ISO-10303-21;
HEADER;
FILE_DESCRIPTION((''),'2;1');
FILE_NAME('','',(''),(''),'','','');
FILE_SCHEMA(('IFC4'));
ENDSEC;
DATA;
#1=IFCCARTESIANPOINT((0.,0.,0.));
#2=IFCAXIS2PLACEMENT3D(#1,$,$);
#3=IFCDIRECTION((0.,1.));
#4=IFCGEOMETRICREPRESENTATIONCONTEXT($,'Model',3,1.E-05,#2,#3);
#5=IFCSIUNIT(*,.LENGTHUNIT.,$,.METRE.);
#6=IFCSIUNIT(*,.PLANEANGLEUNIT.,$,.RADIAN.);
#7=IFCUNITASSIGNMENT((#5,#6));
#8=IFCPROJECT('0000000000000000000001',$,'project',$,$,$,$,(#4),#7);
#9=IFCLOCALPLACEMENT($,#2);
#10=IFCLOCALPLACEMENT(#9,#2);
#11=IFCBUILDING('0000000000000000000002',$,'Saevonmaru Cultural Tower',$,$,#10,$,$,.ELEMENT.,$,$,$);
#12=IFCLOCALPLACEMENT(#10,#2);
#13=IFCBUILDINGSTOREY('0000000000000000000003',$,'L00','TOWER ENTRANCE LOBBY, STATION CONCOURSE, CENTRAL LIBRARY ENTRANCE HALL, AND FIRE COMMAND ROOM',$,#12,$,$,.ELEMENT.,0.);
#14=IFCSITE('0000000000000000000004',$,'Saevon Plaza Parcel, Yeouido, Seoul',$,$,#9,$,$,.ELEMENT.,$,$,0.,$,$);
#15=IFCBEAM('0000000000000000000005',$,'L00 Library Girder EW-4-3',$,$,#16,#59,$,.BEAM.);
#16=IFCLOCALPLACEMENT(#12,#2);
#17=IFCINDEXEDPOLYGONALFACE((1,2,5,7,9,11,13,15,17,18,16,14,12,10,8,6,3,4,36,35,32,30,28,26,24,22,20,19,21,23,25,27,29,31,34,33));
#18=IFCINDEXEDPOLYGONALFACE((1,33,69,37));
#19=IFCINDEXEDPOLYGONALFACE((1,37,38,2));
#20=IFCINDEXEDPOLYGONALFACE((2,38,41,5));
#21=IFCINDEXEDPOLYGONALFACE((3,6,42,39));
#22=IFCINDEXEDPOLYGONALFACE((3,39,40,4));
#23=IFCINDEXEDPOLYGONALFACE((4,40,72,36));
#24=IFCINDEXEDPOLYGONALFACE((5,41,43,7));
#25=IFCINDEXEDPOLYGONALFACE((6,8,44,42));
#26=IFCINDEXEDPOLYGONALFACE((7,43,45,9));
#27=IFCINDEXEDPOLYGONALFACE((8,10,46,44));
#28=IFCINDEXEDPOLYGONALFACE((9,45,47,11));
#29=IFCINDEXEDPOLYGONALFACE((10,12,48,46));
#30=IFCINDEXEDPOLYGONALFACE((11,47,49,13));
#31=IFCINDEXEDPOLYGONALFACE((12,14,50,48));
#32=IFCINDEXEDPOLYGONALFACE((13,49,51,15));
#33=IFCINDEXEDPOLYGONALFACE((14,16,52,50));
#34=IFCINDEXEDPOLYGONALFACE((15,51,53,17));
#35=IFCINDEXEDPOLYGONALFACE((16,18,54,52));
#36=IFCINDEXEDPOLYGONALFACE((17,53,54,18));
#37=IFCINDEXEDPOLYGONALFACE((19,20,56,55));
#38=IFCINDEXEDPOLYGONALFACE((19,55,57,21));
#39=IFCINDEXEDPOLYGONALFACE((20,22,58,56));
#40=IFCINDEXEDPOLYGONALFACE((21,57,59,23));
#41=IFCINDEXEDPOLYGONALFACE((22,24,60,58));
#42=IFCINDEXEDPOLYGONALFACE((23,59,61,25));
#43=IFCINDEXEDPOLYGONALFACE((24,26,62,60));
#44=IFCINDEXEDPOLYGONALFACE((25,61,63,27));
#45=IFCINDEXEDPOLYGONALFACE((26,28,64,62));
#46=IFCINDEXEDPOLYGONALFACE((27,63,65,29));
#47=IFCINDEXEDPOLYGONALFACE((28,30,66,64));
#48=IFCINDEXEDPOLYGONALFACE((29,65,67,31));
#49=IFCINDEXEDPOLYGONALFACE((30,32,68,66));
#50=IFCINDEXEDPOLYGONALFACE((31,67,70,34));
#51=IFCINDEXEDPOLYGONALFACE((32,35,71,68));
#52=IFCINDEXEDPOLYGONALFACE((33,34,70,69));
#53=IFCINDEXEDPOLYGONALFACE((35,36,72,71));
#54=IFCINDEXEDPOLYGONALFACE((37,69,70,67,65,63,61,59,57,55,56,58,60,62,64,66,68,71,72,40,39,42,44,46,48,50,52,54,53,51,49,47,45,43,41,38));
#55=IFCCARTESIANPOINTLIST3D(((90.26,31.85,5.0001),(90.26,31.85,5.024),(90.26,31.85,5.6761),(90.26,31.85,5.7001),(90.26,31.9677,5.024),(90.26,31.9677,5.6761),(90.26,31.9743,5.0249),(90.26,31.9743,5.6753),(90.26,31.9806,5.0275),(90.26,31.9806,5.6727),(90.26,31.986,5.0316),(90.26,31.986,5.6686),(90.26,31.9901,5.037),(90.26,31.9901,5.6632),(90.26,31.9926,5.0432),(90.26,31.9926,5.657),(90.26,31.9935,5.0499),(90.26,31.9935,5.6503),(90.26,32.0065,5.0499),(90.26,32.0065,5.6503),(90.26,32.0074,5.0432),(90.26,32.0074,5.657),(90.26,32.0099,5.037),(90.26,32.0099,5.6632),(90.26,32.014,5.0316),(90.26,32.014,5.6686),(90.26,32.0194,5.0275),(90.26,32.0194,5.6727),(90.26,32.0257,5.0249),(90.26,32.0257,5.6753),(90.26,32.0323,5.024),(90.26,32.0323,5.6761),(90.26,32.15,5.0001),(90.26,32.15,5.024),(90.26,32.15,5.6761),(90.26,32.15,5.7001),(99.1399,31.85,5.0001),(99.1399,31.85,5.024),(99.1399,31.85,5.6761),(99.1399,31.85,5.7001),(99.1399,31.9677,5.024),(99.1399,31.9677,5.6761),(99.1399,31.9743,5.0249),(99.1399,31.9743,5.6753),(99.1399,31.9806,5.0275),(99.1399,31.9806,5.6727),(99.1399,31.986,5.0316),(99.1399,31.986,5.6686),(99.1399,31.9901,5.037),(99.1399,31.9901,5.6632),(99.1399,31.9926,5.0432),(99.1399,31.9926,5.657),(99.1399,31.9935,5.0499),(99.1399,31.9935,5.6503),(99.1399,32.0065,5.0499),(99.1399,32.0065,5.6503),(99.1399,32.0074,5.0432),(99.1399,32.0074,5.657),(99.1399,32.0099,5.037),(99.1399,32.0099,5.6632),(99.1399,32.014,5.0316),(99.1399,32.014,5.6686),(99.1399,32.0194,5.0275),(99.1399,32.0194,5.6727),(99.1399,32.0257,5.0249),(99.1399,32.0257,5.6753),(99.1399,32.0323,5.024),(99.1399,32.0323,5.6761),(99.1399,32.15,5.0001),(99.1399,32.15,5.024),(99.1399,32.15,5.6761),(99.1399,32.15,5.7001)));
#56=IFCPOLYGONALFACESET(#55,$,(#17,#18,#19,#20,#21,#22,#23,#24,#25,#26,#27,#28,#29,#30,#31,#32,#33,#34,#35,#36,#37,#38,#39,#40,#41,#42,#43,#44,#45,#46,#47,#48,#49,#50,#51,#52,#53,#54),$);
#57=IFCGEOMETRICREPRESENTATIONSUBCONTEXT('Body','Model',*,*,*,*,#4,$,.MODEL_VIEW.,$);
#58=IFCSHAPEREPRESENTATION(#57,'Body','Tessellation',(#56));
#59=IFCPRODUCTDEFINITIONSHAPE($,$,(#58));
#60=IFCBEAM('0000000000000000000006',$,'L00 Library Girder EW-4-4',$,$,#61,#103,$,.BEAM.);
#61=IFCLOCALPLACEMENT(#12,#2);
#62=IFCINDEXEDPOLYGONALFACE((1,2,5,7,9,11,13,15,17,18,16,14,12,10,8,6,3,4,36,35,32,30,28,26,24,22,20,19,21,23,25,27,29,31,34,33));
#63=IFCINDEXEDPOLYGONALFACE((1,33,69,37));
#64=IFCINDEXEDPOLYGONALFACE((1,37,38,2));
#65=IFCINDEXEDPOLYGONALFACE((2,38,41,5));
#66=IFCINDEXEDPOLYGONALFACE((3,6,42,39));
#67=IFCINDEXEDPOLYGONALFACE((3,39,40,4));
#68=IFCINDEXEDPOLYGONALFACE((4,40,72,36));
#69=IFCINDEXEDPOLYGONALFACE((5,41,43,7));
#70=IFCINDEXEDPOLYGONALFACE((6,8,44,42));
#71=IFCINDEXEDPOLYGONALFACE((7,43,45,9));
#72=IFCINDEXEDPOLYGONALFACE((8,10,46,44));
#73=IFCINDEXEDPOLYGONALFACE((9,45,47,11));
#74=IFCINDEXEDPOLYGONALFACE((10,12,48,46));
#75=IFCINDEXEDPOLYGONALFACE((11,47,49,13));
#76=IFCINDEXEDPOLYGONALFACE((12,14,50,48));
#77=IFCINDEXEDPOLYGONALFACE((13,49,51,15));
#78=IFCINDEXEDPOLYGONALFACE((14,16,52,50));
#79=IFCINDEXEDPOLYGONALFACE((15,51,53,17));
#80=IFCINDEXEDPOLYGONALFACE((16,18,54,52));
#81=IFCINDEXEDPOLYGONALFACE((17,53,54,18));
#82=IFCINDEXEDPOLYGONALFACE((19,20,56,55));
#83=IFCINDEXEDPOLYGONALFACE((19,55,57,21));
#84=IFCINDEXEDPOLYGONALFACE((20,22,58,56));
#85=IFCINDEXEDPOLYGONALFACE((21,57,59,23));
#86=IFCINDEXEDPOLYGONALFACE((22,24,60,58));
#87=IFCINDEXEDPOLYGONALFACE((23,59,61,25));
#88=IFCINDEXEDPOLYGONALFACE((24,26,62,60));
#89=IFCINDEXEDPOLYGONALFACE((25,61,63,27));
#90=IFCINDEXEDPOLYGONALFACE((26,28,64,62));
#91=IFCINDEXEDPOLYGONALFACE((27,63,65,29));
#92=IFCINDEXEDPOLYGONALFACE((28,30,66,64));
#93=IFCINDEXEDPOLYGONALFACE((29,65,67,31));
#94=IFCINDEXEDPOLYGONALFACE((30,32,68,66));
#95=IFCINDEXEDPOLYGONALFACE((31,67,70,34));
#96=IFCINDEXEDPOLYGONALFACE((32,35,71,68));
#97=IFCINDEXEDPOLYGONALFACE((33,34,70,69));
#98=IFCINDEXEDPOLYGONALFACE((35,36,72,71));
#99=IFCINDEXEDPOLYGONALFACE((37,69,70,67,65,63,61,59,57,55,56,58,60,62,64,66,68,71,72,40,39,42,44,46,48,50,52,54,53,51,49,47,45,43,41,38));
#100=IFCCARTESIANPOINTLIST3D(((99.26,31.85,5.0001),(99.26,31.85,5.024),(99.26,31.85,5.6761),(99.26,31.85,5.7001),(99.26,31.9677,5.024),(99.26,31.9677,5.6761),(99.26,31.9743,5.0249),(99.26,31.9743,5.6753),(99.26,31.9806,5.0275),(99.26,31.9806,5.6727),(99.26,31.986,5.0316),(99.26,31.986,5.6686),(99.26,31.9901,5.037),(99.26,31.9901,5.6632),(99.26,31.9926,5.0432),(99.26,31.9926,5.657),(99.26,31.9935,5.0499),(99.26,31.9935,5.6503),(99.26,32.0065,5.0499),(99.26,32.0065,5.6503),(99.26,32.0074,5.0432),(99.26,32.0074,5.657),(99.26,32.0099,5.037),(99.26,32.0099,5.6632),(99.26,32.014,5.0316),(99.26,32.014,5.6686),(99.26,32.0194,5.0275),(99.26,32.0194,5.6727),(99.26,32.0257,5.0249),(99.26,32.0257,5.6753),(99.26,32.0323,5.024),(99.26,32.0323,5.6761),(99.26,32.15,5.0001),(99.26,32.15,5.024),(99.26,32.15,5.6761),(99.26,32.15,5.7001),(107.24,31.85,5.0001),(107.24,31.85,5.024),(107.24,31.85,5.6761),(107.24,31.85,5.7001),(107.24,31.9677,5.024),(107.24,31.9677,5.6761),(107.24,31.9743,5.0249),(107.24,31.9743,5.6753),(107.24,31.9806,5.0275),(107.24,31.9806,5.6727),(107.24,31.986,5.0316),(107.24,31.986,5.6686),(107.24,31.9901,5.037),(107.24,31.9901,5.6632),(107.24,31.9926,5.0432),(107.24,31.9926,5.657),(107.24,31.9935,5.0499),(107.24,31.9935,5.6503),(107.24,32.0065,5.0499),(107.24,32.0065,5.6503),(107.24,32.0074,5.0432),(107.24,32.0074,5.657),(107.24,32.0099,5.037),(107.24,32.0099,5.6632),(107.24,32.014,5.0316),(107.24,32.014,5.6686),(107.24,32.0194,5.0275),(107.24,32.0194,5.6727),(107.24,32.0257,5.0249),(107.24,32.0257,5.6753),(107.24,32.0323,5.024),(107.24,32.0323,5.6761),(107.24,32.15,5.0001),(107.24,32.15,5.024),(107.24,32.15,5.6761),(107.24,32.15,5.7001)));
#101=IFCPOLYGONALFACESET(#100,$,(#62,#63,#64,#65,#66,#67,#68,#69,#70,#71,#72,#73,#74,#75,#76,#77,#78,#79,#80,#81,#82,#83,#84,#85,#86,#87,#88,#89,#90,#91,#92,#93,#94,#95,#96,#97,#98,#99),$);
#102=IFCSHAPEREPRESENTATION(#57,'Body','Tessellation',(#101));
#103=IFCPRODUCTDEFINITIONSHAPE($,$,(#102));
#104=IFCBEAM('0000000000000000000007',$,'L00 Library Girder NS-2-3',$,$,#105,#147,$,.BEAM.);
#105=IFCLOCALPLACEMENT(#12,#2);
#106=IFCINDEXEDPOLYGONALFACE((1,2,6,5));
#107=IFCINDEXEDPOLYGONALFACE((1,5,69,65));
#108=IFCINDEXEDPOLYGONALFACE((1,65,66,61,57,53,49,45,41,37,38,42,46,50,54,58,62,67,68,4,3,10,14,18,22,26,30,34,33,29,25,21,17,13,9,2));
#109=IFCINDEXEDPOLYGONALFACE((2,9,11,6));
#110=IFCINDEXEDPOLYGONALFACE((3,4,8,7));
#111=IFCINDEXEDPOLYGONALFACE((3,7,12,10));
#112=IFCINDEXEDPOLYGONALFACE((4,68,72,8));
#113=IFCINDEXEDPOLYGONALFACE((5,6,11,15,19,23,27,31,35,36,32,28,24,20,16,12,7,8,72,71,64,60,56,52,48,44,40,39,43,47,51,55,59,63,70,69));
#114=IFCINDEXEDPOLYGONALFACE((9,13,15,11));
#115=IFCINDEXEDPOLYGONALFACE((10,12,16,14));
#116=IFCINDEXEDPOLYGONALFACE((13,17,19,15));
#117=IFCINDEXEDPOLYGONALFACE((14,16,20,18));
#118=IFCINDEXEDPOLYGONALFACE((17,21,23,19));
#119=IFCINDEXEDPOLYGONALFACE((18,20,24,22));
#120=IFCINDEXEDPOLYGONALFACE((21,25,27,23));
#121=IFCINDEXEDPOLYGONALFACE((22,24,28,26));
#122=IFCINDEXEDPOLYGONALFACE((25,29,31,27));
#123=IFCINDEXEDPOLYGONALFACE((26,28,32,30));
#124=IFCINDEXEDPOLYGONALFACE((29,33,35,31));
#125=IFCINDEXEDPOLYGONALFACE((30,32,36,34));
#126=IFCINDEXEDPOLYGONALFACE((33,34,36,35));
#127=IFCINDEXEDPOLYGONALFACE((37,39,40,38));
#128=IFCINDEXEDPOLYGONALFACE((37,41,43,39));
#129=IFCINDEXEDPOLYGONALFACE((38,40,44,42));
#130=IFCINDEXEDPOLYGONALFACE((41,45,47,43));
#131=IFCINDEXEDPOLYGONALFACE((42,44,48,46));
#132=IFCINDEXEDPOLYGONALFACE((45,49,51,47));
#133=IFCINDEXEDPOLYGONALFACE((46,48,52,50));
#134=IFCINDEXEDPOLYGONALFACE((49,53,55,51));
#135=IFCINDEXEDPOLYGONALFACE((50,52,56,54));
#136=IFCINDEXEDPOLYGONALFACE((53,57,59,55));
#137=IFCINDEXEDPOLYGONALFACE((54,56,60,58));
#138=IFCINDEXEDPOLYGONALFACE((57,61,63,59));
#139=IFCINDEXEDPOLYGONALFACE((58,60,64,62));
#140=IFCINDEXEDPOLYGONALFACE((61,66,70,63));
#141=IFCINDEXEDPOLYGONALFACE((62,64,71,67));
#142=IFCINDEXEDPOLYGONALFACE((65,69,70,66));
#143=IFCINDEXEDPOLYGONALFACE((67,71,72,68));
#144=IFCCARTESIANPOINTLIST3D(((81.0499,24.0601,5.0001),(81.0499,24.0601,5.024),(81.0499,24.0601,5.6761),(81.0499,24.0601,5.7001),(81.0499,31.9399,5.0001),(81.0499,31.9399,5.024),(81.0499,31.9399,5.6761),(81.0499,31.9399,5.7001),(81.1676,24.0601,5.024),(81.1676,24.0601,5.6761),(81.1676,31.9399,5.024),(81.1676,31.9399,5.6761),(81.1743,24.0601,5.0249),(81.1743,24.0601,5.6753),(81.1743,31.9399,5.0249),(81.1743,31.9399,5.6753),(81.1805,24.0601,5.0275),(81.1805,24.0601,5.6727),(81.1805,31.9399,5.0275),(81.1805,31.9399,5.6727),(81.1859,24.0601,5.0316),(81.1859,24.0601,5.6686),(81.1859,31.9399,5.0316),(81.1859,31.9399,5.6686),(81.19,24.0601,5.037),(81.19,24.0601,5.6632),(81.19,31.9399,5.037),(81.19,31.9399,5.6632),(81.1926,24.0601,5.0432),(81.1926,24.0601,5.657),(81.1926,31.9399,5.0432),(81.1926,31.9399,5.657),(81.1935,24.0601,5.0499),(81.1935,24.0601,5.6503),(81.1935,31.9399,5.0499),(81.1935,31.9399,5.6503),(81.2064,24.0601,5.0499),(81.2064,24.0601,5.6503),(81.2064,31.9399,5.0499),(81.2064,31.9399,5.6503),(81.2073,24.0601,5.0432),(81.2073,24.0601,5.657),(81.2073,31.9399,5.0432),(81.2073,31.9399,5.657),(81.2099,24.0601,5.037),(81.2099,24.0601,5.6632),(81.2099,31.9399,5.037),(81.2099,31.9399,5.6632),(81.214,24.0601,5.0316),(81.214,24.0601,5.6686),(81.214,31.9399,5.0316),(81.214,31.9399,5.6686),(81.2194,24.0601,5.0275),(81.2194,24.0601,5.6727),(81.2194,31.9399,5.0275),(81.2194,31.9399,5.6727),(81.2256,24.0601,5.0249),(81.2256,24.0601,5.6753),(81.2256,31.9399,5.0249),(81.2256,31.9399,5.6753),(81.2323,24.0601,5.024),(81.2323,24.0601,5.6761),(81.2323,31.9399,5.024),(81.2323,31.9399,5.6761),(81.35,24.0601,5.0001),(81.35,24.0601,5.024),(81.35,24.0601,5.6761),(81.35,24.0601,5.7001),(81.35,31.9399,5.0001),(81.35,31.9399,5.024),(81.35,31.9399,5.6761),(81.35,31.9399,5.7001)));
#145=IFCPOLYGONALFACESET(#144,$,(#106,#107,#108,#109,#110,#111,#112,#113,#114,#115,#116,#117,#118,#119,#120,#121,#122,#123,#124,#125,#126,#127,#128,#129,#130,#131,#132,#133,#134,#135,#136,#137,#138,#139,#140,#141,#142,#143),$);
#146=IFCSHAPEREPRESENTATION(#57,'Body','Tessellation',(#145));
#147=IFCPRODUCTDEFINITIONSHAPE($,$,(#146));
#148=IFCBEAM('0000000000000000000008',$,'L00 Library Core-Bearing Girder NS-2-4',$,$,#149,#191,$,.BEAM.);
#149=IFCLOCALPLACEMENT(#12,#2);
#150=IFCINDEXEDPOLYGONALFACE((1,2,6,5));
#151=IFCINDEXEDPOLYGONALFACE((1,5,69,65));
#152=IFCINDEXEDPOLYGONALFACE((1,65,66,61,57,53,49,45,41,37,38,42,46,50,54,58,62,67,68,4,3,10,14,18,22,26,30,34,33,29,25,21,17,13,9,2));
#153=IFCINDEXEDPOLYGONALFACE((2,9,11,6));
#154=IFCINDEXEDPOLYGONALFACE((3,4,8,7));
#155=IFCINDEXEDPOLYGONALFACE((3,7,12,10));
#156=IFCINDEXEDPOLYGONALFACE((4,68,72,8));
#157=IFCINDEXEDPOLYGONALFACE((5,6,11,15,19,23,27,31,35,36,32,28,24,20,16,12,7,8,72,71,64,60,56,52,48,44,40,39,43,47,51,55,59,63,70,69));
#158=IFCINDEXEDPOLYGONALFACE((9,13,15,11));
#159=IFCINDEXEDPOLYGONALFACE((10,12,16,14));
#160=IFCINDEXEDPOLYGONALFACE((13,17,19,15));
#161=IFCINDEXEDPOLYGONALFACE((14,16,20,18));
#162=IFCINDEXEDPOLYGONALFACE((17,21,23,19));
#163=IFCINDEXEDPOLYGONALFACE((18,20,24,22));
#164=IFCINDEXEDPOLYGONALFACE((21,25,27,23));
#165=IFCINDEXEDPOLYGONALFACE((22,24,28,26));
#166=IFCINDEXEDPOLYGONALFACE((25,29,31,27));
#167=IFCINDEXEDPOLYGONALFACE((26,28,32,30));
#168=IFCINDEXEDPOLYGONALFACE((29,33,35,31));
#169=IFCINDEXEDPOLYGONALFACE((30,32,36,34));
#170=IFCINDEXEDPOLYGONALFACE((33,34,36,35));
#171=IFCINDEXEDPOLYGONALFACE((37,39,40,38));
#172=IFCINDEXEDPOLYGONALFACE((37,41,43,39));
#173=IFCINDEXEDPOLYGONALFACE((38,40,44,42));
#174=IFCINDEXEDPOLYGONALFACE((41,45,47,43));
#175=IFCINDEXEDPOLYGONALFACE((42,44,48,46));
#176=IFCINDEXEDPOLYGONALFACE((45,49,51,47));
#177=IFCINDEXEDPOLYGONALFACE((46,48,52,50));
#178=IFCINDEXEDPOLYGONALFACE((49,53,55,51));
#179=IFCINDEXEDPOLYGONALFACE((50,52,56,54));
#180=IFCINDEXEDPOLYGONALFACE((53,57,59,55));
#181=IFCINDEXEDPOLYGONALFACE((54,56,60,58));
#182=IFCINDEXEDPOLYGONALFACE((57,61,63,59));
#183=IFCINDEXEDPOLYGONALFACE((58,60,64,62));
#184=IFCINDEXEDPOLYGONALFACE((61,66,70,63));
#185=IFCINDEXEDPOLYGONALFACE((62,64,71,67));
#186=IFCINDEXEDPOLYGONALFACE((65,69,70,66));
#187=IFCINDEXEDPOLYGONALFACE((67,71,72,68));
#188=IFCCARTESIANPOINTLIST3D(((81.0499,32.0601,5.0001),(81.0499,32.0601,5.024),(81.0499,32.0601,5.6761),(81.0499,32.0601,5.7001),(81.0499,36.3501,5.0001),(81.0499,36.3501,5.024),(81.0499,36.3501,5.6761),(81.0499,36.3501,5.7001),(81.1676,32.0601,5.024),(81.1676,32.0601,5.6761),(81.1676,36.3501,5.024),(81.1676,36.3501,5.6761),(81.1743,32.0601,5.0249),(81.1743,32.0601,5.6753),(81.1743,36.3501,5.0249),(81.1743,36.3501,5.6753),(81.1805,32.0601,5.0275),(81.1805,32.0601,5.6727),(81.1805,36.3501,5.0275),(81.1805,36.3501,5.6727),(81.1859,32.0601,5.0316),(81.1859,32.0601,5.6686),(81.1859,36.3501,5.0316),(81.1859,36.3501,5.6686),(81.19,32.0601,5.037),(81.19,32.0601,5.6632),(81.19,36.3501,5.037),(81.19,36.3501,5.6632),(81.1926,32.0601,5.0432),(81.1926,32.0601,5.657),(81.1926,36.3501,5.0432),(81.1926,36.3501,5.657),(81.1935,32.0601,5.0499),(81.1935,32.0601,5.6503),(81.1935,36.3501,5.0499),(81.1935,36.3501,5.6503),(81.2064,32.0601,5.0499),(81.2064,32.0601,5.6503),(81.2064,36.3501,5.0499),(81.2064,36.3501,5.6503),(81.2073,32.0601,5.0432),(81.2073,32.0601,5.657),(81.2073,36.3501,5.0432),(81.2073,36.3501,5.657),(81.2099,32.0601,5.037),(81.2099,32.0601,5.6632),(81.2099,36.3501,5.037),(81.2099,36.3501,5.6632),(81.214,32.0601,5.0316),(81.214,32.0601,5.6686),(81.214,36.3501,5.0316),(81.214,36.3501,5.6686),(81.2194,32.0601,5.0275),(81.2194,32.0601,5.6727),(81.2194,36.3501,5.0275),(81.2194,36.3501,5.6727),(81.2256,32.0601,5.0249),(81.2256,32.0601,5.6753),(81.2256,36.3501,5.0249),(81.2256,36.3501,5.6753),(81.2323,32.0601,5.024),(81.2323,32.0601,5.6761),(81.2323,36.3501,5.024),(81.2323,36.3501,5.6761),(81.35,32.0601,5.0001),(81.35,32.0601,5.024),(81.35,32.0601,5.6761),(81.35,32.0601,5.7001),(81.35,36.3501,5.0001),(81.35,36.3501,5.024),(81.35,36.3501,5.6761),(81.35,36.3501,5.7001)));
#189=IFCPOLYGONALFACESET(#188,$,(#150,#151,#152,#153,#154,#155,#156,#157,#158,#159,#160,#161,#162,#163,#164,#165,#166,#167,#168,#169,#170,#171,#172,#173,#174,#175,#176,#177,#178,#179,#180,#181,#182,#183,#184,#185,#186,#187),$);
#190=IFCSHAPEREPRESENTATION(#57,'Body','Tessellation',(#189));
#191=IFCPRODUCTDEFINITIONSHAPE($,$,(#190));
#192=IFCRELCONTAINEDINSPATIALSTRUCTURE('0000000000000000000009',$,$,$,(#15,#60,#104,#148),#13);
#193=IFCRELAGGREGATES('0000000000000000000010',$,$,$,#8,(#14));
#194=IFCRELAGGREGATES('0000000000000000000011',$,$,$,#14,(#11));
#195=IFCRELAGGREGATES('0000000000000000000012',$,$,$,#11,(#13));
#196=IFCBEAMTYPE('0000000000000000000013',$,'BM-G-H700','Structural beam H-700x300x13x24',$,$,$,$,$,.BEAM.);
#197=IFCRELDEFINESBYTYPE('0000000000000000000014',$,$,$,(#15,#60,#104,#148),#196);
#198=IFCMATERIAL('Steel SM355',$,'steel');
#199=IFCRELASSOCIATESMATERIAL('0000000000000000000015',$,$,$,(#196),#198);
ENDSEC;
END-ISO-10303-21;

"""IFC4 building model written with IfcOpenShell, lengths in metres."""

from ifc_helpers import new_model, si_unit, direction, frame, origin, origin_2d, place, context, subcontext, project, spatial, i_section, extrude, material, material_profile, profile_set, type_object, element, save


model = new_model("IFC4")

# Units and contexts
model_context = context("Model", 3, precision=1e-05, world=origin(), true_north=direction((0.0, 1.0)))
body_context = subcontext(model_context, "Body", "Model", "MODEL_VIEW")
ifc_project = project(units=[si_unit("LENGTHUNIT", "METRE"), si_unit("PLANEANGLEUNIT", "RADIAN")], contexts=[model_context])

# Site, building, storey
site_placement = place(None, origin())
site = spatial("IfcSite", under=ifc_project, at=site_placement, Name="Saevon Plaza Parcel, Yeouido, Seoul", CompositionType="ELEMENT", RefElevation=0.0)
building_placement = place(site_placement, origin())
building = spatial("IfcBuilding", under=site, at=building_placement, Name="Saevonmaru Cultural Tower", CompositionType="ELEMENT")
storey_placement = place(building_placement, origin())
storey = spatial("IfcBuildingStorey", under=building, at=storey_placement, Name="L00", Description="TOWER ENTRANCE LOBBY, STATION CONCOURSE, CENTRAL LIBRARY ENTRANCE HALL, AND FIRE COMMAND ROOM", CompositionType="ELEMENT", Elevation=0.0)

# Shared definitions
ifc_material_1 = material(Name="Steel SM355", Category="steel")

# Beams
ifc_material_profile_1 = material_profile(ifc_material_1, i_section(OverallWidth=0.3, OverallDepth=0.7, WebThickness=0.0129, FlangeThickness=0.0239, FilletRadius=0.0259, at=origin_2d()), Name="H-700x300x13x24")
ifc_profile_set_1 = profile_set([ifc_material_profile_1], Name="Steel SM355")
beam_type_1 = type_object("IfcBeamType", Name="BM-G-H700", Description="Structural beam H-700x300x13x24", PredefinedType="BEAM", material=ifc_profile_set_1)
for number, where, z_axis, x_axis, name in (
    (1, (90.26, 32.0, 5.3501), (1.0, 0.0, 0.0), (0.0, 1.0, 0.0), "L00 Library Girder EW-4-3"),
):
    element("IfcBeam", number, at=place(storey_placement, frame(where, z_axis=z_axis, x_axis=x_axis)), inside=storey, type_object=beam_type_1, Name=name, PredefinedType="BEAM", context=body_context, shape_type="SweptSolid", body=[
        extrude(i_section(OverallWidth=0.3, OverallDepth=0.7, WebThickness=0.0129, FlangeThickness=0.0239, FilletRadius=0.0259, at=origin_2d()), origin(), (0.0, 0.0, 1.0), 8.8799),
    ])
beam_1_placement = place(storey_placement, frame((99.26, 32.0, 5.3501), z_axis=(1.0, 0.0, 0.0), x_axis=(0.0, 1.0, 0.0)))
element("IfcBeam", 2, at=beam_1_placement, inside=storey, type_object=beam_type_1, Name="L00 Library Girder EW-4-4", PredefinedType="BEAM", context=body_context, shape_type="SweptSolid", body=[
    extrude(i_section(OverallWidth=0.3, OverallDepth=0.7, WebThickness=0.0129, FlangeThickness=0.0239, FilletRadius=0.0259, at=origin_2d()), origin(), (0.0, 0.0, 1.0), 7.98),
])
beam_2_placement = place(storey_placement, frame((81.2, 24.0601, 5.3501), z_axis=(0.0, 1.0, 0.0), x_axis=(-1.0, 0.0, 0.0)))
element("IfcBeam", 3, at=beam_2_placement, inside=storey, type_object=beam_type_1, Name="L00 Library Girder NS-2-3", PredefinedType="BEAM", context=body_context, shape_type="SweptSolid", body=[
    extrude(i_section(OverallWidth=0.3, OverallDepth=0.7, WebThickness=0.0129, FlangeThickness=0.0239, FilletRadius=0.0259, at=origin_2d()), origin(), (0.0, 0.0, 1.0), 7.8799),
])
beam_3_placement = place(storey_placement, frame((81.2, 32.0601, 5.3501), z_axis=(0.0, 1.0, 0.0), x_axis=(-1.0, 0.0, 0.0)))
element("IfcBeam", 4, at=beam_3_placement, inside=storey, type_object=beam_type_1, Name="L00 Library Core-Bearing Girder NS-2-4", PredefinedType="BEAM", context=body_context, shape_type="SweptSolid", body=[
    extrude(i_section(OverallWidth=0.3, OverallDepth=0.7, WebThickness=0.0129, FlangeThickness=0.0239, FilletRadius=0.0259, at=origin_2d()), origin(), (0.0, 0.0, 1.0), 4.29),
])

save(model, "model.ifc")
